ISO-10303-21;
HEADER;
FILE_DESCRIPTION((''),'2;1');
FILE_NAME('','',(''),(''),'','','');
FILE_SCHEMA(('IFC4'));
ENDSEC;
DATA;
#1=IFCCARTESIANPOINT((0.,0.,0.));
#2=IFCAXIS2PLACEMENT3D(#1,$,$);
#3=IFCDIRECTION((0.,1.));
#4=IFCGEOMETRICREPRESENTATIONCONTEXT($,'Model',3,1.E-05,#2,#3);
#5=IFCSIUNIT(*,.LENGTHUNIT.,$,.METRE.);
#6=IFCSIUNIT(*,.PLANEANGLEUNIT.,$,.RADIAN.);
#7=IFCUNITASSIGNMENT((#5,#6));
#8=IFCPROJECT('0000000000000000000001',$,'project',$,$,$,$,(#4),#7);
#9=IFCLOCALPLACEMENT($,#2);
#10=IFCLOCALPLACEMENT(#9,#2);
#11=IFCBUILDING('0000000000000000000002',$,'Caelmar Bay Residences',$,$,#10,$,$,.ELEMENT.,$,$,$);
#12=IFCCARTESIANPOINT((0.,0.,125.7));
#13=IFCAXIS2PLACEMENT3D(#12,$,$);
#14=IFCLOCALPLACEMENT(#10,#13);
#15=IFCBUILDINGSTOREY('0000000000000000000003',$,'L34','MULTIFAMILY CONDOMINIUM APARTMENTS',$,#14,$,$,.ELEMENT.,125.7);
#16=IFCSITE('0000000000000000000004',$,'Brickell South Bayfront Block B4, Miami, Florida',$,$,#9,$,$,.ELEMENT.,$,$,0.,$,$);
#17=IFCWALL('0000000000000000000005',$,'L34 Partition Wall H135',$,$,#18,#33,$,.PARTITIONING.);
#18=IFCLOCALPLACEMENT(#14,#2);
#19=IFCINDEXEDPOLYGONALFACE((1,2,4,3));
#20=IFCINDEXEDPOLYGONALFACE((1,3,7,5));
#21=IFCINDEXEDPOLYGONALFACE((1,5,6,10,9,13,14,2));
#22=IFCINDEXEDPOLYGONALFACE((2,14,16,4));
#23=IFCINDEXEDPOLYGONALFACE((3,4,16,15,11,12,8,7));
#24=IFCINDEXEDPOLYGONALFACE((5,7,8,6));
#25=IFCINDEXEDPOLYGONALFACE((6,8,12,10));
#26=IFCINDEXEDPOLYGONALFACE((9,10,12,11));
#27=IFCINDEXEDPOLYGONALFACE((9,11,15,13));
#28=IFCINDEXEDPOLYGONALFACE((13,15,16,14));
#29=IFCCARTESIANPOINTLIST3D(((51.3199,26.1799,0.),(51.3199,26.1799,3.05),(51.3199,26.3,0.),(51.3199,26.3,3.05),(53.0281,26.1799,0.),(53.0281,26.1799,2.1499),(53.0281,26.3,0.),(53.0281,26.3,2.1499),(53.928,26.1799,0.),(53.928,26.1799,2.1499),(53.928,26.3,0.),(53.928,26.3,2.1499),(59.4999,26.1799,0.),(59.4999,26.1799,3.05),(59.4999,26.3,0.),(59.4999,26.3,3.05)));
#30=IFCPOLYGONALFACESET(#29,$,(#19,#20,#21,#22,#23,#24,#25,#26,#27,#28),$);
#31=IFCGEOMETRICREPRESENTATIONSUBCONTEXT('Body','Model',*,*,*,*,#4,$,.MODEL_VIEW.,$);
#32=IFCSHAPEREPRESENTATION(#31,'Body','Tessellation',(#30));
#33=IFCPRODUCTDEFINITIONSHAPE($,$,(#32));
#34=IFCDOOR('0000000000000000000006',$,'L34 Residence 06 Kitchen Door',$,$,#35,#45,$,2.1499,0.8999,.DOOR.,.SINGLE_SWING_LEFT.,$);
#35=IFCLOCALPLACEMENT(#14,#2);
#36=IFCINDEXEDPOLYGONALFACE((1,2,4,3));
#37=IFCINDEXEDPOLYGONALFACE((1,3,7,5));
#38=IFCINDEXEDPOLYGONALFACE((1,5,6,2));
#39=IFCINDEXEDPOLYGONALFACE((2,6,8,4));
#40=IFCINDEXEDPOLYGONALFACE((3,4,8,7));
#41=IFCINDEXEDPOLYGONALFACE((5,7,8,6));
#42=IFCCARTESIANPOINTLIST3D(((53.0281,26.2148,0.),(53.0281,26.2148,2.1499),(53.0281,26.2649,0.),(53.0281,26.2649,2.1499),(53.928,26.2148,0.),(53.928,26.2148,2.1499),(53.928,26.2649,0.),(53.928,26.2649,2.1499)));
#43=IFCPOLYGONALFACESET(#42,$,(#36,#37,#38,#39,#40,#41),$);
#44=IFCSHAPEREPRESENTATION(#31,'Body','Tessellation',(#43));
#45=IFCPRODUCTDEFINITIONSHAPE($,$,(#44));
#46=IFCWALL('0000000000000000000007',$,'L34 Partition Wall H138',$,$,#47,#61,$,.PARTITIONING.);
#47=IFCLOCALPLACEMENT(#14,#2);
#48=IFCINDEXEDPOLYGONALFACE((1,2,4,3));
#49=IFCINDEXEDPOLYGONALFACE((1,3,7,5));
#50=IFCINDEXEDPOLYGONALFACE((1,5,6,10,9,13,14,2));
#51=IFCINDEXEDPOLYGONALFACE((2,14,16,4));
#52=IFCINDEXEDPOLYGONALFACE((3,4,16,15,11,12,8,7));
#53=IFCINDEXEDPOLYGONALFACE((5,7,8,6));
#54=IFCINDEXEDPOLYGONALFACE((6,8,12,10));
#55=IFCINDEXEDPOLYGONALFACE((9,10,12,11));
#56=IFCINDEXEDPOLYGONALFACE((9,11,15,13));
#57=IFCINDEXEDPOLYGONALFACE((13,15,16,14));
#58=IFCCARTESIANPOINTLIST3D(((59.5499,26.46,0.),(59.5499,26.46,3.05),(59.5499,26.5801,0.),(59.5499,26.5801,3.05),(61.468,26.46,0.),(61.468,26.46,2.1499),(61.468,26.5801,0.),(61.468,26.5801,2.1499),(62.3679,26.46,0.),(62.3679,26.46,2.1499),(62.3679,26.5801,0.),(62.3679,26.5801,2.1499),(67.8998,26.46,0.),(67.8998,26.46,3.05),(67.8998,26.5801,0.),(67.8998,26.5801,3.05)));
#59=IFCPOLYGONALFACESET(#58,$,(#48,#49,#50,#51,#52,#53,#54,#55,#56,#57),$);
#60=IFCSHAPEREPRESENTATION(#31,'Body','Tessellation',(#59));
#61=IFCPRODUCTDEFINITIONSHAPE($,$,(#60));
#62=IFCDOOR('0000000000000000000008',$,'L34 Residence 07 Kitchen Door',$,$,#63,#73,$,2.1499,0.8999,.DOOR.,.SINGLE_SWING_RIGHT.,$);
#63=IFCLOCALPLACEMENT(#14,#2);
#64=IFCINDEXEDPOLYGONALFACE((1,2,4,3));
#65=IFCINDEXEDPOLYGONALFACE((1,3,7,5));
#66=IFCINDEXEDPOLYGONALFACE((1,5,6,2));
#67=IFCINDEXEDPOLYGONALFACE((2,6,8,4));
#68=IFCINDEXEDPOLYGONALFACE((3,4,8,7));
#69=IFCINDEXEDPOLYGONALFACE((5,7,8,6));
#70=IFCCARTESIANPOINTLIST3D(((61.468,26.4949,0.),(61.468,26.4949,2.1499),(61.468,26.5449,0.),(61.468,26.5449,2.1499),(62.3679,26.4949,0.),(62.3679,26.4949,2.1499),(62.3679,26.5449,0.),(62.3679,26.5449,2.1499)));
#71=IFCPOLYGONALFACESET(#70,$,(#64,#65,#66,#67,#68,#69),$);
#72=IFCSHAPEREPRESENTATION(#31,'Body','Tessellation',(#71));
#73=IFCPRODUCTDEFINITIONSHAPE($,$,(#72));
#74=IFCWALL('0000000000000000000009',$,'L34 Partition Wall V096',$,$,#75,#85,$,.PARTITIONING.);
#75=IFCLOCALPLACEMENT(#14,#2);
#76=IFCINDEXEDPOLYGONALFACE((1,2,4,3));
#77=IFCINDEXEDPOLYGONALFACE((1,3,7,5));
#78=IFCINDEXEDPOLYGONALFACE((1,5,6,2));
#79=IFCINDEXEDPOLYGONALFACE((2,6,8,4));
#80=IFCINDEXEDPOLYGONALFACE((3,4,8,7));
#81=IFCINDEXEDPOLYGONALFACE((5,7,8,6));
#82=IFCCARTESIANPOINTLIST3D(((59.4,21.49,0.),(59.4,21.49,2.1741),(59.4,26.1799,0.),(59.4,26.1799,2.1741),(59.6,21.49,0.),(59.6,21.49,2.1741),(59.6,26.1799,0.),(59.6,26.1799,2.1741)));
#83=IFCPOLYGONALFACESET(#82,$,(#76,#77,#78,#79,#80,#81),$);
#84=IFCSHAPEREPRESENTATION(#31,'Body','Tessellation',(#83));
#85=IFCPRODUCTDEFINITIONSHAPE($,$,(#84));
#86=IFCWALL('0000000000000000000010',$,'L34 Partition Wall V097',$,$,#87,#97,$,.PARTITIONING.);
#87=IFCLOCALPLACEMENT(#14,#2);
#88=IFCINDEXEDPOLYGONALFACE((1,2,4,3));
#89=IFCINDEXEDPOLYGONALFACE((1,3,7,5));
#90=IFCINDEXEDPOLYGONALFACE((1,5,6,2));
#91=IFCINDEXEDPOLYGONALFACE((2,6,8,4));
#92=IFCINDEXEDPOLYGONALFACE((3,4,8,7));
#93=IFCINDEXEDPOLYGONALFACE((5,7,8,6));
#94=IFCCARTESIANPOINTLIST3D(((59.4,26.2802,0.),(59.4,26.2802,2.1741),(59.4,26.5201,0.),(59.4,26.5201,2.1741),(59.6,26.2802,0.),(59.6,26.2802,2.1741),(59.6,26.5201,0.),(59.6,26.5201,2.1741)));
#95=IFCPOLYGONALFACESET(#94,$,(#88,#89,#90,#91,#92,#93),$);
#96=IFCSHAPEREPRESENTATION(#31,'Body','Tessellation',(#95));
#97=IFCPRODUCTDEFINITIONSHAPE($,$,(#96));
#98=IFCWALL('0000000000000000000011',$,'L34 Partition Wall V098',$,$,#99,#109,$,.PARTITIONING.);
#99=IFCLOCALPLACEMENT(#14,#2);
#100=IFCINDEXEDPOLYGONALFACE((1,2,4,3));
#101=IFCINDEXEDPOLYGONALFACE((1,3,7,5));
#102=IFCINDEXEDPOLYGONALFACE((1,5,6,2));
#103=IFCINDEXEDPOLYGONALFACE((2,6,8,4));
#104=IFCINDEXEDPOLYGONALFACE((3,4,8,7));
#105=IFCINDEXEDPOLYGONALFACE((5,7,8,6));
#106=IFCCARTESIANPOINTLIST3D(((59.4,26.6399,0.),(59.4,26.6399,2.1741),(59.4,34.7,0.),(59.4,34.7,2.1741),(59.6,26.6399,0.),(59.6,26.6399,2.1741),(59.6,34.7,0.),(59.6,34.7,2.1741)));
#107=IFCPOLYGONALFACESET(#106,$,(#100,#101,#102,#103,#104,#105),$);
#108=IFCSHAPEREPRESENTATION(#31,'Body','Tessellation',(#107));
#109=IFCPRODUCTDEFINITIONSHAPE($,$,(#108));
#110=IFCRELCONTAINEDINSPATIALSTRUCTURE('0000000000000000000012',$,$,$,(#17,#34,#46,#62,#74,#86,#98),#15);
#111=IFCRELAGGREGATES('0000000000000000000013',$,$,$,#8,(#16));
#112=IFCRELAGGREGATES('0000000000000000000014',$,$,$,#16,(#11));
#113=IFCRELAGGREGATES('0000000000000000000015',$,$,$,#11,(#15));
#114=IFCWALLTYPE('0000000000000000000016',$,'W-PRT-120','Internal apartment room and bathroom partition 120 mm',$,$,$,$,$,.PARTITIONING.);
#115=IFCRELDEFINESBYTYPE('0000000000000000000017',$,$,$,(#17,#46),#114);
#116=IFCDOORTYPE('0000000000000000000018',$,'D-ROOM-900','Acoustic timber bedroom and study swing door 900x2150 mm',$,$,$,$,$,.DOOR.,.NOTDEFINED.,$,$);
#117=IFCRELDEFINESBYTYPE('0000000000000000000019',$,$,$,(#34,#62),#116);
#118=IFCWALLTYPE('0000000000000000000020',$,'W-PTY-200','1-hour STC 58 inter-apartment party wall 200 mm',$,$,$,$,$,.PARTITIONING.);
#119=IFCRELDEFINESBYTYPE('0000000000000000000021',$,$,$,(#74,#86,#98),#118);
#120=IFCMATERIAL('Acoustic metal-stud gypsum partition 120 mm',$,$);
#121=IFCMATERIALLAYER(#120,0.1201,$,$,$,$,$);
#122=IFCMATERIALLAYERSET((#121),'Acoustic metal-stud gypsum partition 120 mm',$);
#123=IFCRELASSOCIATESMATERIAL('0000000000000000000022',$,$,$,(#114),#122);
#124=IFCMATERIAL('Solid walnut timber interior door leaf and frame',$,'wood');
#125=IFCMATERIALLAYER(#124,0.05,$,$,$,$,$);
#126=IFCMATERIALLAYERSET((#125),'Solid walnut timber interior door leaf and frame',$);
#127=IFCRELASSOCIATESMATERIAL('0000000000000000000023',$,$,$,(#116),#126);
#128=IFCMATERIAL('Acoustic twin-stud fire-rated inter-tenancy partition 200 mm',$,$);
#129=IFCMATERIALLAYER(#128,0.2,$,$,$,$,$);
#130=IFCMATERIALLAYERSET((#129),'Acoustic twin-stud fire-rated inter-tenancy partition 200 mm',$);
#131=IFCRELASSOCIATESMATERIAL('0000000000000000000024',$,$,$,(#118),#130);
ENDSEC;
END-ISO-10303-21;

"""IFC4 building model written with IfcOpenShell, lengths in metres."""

from ifc_helpers import new_model, si_unit, direction, frame, frame_2d, origin, place, context, subcontext, project, spatial, rectangle, extrude, material, layer, layer_set, type_object, element, fill, save


model = new_model("IFC4")

# Units and contexts
model_context = context("Model", 3, precision=1e-05, world=origin(), true_north=direction((0.0, 1.0)))
body_context = subcontext(model_context, "Body", "Model", "MODEL_VIEW")
ifc_project = project(units=[si_unit("LENGTHUNIT", "METRE"), si_unit("PLANEANGLEUNIT", "RADIAN")], contexts=[model_context])

# Site, building, storey
site_placement = place(None, origin())
site = spatial("IfcSite", under=ifc_project, at=site_placement, Name="Brickell South Bayfront Block B4, Miami, Florida", CompositionType="ELEMENT", RefElevation=0.0)
building_placement = place(site_placement, origin())
building = spatial("IfcBuilding", under=site, at=building_placement, Name="Caelmar Bay Residences", CompositionType="ELEMENT")
storey_placement = place(building_placement, frame((0.0, 0.0, 125.7)))
storey = spatial("IfcBuildingStorey", under=building, at=storey_placement, Name="L34", Description="MULTIFAMILY CONDOMINIUM APARTMENTS", CompositionType="ELEMENT", Elevation=125.7)

# Shared definitions
ifc_material_1 = material(Name="Acoustic metal-stud gypsum partition 120 mm")
ifc_layer_1 = layer(ifc_material_1, 0.1201)
ifc_layer_set_1 = layer_set([ifc_layer_1], Name="Acoustic metal-stud gypsum partition 120 mm")
wall_type_1 = type_object("IfcWallType", Name="W-PRT-120", Description="Internal apartment room and bathroom partition 120 mm", PredefinedType="PARTITIONING", material=ifc_layer_set_1)
ifc_material_2 = material(Name="Solid walnut timber interior door leaf and frame", Category="wood")
ifc_layer_2 = layer(ifc_material_2, 0.05)
ifc_layer_set_2 = layer_set([ifc_layer_2], Name="Solid walnut timber interior door leaf and frame")
door_type_1 = type_object("IfcDoorType", Name="D-ROOM-900", Description="Acoustic timber bedroom and study swing door 900x2150 mm", OperationType="NOTDEFINED", PredefinedType="DOOR", material=ifc_layer_set_2)

# Walls, openings, doors
wall_1_placement = place(storey_placement, frame((51.3201, 26.24, 0.0), z_axis=(0.0, 0.0, 1.0), x_axis=(1.0, 0.0, 0.0)))
wall_1 = element("IfcWall", 1, at=wall_1_placement, inside=storey, type_object=wall_type_1, Name="L34 Partition Wall H135", PredefinedType="PARTITIONING", context=body_context, shape_type="SweptSolid", body=[
    extrude(rectangle(XDim=8.1799, YDim=0.1201, at=frame_2d((4.0898, 0.0))), origin(), (0.0, 0.0, 1.0), 3.05),
])
opening_1_placement = place(wall_1_placement, frame((1.708, 0.0, 0.0)))
opening_1 = element("IfcOpeningElement", 2, at=opening_1_placement, cuts=wall_1, PredefinedType="OPENING", context=body_context, shape_type="SweptSolid", body=[
    extrude(rectangle(XDim=0.8999, YDim=2.1499, at=frame_2d((0.45, 1.075))), frame((0.0, 0.0701, 0.0), z_axis=(0.0, -1.0, 0.0), x_axis=(1.0, 0.0, 0.0)), (0.0, 0.0, 1.0), 0.1401),
])
door_1_placement = place(opening_1_placement, origin())
door_1 = element("IfcDoor", 3, at=door_1_placement, inside=storey, type_object=door_type_1, Name="L34 Residence 06 Kitchen Door", OperationType="SINGLE_SWING_LEFT", OverallHeight=2.1499, OverallWidth=0.8999, PredefinedType="DOOR", context=body_context, shape_type="SweptSolid", body=[
    extrude(rectangle(XDim=0.8999, YDim=2.1499, at=frame_2d((0.45, 1.075))), frame((0.0, 0.0249, 0.0), z_axis=(0.0, -1.0, 0.0), x_axis=(1.0, 0.0, 0.0)), (0.0, 0.0, 1.0), 0.05),
])
fill(opening_1, door_1)
wall_2_placement = place(storey_placement, frame((59.55, 26.52, 0.0), z_axis=(0.0, 0.0, 1.0), x_axis=(1.0, 0.0, 0.0)))
wall_2 = element("IfcWall", 4, at=wall_2_placement, inside=storey, type_object=wall_type_1, Name="L34 Partition Wall H138", PredefinedType="PARTITIONING", context=body_context, shape_type="SweptSolid", body=[
    extrude(rectangle(XDim=8.3499, YDim=0.1201, at=frame_2d((4.1748, 0.0))), origin(), (0.0, 0.0, 1.0), 3.05),
])
opening_2_placement = place(wall_2_placement, frame((1.918, 0.0, 0.0)))
opening_2 = element("IfcOpeningElement", 5, at=opening_2_placement, cuts=wall_2, PredefinedType="OPENING", context=body_context, shape_type="SweptSolid", body=[
    extrude(rectangle(XDim=0.8999, YDim=2.1499, at=frame_2d((0.45, 1.075))), frame((0.0, 0.0701, 0.0), z_axis=(0.0, -1.0, 0.0), x_axis=(1.0, 0.0, 0.0)), (0.0, 0.0, 1.0), 0.1401),
])
door_2_placement = place(opening_2_placement, origin())
door_2 = element("IfcDoor", 6, at=door_2_placement, inside=storey, type_object=door_type_1, Name="L34 Residence 07 Kitchen Door", OperationType="SINGLE_SWING_RIGHT", OverallHeight=2.1499, OverallWidth=0.8999, PredefinedType="DOOR", context=body_context, shape_type="SweptSolid", body=[
    extrude(rectangle(XDim=0.8999, YDim=2.1499, at=frame_2d((0.45, 1.075))), frame((0.0, 0.0249, 0.0), z_axis=(0.0, -1.0, 0.0), x_axis=(1.0, 0.0, 0.0)), (0.0, 0.0, 1.0), 0.05),
])
fill(opening_2, door_2)

# Walls
ifc_material_3 = material(Name="Acoustic twin-stud fire-rated inter-tenancy partition 200 mm")
ifc_layer_3 = layer(ifc_material_3, 0.2)
ifc_layer_set_3 = layer_set([ifc_layer_3], Name="Acoustic twin-stud fire-rated inter-tenancy partition 200 mm")
wall_type_2 = type_object("IfcWallType", Name="W-PTY-200", Description="1-hour STC 58 inter-apartment party wall 200 mm", PredefinedType="PARTITIONING", material=ifc_layer_set_3)
wall_3_placement = place(storey_placement, frame((59.5, 21.49, 0.0), z_axis=(0.0, 0.0, 1.0), x_axis=(0.0, 1.0, 0.0)))
element("IfcWall", 7, at=wall_3_placement, inside=storey, type_object=wall_type_2, Name="L34 Partition Wall V096", PredefinedType="PARTITIONING", context=body_context, shape_type="SweptSolid", body=[
    extrude(rectangle(XDim=4.6899, YDim=0.2, at=frame_2d((2.345, 0.0))), origin(), (0.0, 0.0, 1.0), 2.1741),
])
wall_4_placement = place(storey_placement, frame((59.5, 26.28, 0.0), z_axis=(0.0, 0.0, 1.0), x_axis=(0.0, 1.0, 0.0)))
element("IfcWall", 8, at=wall_4_placement, inside=storey, type_object=wall_type_2, Name="L34 Partition Wall V097", PredefinedType="PARTITIONING", context=body_context, shape_type="SweptSolid", body=[
    extrude(rectangle(XDim=0.24, YDim=0.2, at=frame_2d((0.1201, 0.0))), origin(), (0.0, 0.0, 1.0), 2.1741),
])
wall_5_placement = place(storey_placement, frame((59.5, 26.6399, 0.0), z_axis=(0.0, 0.0, 1.0), x_axis=(0.0, 1.0, 0.0)))
element("IfcWall", 9, at=wall_5_placement, inside=storey, type_object=wall_type_2, Name="L34 Partition Wall V098", PredefinedType="PARTITIONING", context=body_context, shape_type="SweptSolid", body=[
    extrude(rectangle(XDim=8.0601, YDim=0.2, at=frame_2d((4.03, 0.0))), origin(), (0.0, 0.0, 1.0), 2.1741),
])

save(model, "model.ifc")
